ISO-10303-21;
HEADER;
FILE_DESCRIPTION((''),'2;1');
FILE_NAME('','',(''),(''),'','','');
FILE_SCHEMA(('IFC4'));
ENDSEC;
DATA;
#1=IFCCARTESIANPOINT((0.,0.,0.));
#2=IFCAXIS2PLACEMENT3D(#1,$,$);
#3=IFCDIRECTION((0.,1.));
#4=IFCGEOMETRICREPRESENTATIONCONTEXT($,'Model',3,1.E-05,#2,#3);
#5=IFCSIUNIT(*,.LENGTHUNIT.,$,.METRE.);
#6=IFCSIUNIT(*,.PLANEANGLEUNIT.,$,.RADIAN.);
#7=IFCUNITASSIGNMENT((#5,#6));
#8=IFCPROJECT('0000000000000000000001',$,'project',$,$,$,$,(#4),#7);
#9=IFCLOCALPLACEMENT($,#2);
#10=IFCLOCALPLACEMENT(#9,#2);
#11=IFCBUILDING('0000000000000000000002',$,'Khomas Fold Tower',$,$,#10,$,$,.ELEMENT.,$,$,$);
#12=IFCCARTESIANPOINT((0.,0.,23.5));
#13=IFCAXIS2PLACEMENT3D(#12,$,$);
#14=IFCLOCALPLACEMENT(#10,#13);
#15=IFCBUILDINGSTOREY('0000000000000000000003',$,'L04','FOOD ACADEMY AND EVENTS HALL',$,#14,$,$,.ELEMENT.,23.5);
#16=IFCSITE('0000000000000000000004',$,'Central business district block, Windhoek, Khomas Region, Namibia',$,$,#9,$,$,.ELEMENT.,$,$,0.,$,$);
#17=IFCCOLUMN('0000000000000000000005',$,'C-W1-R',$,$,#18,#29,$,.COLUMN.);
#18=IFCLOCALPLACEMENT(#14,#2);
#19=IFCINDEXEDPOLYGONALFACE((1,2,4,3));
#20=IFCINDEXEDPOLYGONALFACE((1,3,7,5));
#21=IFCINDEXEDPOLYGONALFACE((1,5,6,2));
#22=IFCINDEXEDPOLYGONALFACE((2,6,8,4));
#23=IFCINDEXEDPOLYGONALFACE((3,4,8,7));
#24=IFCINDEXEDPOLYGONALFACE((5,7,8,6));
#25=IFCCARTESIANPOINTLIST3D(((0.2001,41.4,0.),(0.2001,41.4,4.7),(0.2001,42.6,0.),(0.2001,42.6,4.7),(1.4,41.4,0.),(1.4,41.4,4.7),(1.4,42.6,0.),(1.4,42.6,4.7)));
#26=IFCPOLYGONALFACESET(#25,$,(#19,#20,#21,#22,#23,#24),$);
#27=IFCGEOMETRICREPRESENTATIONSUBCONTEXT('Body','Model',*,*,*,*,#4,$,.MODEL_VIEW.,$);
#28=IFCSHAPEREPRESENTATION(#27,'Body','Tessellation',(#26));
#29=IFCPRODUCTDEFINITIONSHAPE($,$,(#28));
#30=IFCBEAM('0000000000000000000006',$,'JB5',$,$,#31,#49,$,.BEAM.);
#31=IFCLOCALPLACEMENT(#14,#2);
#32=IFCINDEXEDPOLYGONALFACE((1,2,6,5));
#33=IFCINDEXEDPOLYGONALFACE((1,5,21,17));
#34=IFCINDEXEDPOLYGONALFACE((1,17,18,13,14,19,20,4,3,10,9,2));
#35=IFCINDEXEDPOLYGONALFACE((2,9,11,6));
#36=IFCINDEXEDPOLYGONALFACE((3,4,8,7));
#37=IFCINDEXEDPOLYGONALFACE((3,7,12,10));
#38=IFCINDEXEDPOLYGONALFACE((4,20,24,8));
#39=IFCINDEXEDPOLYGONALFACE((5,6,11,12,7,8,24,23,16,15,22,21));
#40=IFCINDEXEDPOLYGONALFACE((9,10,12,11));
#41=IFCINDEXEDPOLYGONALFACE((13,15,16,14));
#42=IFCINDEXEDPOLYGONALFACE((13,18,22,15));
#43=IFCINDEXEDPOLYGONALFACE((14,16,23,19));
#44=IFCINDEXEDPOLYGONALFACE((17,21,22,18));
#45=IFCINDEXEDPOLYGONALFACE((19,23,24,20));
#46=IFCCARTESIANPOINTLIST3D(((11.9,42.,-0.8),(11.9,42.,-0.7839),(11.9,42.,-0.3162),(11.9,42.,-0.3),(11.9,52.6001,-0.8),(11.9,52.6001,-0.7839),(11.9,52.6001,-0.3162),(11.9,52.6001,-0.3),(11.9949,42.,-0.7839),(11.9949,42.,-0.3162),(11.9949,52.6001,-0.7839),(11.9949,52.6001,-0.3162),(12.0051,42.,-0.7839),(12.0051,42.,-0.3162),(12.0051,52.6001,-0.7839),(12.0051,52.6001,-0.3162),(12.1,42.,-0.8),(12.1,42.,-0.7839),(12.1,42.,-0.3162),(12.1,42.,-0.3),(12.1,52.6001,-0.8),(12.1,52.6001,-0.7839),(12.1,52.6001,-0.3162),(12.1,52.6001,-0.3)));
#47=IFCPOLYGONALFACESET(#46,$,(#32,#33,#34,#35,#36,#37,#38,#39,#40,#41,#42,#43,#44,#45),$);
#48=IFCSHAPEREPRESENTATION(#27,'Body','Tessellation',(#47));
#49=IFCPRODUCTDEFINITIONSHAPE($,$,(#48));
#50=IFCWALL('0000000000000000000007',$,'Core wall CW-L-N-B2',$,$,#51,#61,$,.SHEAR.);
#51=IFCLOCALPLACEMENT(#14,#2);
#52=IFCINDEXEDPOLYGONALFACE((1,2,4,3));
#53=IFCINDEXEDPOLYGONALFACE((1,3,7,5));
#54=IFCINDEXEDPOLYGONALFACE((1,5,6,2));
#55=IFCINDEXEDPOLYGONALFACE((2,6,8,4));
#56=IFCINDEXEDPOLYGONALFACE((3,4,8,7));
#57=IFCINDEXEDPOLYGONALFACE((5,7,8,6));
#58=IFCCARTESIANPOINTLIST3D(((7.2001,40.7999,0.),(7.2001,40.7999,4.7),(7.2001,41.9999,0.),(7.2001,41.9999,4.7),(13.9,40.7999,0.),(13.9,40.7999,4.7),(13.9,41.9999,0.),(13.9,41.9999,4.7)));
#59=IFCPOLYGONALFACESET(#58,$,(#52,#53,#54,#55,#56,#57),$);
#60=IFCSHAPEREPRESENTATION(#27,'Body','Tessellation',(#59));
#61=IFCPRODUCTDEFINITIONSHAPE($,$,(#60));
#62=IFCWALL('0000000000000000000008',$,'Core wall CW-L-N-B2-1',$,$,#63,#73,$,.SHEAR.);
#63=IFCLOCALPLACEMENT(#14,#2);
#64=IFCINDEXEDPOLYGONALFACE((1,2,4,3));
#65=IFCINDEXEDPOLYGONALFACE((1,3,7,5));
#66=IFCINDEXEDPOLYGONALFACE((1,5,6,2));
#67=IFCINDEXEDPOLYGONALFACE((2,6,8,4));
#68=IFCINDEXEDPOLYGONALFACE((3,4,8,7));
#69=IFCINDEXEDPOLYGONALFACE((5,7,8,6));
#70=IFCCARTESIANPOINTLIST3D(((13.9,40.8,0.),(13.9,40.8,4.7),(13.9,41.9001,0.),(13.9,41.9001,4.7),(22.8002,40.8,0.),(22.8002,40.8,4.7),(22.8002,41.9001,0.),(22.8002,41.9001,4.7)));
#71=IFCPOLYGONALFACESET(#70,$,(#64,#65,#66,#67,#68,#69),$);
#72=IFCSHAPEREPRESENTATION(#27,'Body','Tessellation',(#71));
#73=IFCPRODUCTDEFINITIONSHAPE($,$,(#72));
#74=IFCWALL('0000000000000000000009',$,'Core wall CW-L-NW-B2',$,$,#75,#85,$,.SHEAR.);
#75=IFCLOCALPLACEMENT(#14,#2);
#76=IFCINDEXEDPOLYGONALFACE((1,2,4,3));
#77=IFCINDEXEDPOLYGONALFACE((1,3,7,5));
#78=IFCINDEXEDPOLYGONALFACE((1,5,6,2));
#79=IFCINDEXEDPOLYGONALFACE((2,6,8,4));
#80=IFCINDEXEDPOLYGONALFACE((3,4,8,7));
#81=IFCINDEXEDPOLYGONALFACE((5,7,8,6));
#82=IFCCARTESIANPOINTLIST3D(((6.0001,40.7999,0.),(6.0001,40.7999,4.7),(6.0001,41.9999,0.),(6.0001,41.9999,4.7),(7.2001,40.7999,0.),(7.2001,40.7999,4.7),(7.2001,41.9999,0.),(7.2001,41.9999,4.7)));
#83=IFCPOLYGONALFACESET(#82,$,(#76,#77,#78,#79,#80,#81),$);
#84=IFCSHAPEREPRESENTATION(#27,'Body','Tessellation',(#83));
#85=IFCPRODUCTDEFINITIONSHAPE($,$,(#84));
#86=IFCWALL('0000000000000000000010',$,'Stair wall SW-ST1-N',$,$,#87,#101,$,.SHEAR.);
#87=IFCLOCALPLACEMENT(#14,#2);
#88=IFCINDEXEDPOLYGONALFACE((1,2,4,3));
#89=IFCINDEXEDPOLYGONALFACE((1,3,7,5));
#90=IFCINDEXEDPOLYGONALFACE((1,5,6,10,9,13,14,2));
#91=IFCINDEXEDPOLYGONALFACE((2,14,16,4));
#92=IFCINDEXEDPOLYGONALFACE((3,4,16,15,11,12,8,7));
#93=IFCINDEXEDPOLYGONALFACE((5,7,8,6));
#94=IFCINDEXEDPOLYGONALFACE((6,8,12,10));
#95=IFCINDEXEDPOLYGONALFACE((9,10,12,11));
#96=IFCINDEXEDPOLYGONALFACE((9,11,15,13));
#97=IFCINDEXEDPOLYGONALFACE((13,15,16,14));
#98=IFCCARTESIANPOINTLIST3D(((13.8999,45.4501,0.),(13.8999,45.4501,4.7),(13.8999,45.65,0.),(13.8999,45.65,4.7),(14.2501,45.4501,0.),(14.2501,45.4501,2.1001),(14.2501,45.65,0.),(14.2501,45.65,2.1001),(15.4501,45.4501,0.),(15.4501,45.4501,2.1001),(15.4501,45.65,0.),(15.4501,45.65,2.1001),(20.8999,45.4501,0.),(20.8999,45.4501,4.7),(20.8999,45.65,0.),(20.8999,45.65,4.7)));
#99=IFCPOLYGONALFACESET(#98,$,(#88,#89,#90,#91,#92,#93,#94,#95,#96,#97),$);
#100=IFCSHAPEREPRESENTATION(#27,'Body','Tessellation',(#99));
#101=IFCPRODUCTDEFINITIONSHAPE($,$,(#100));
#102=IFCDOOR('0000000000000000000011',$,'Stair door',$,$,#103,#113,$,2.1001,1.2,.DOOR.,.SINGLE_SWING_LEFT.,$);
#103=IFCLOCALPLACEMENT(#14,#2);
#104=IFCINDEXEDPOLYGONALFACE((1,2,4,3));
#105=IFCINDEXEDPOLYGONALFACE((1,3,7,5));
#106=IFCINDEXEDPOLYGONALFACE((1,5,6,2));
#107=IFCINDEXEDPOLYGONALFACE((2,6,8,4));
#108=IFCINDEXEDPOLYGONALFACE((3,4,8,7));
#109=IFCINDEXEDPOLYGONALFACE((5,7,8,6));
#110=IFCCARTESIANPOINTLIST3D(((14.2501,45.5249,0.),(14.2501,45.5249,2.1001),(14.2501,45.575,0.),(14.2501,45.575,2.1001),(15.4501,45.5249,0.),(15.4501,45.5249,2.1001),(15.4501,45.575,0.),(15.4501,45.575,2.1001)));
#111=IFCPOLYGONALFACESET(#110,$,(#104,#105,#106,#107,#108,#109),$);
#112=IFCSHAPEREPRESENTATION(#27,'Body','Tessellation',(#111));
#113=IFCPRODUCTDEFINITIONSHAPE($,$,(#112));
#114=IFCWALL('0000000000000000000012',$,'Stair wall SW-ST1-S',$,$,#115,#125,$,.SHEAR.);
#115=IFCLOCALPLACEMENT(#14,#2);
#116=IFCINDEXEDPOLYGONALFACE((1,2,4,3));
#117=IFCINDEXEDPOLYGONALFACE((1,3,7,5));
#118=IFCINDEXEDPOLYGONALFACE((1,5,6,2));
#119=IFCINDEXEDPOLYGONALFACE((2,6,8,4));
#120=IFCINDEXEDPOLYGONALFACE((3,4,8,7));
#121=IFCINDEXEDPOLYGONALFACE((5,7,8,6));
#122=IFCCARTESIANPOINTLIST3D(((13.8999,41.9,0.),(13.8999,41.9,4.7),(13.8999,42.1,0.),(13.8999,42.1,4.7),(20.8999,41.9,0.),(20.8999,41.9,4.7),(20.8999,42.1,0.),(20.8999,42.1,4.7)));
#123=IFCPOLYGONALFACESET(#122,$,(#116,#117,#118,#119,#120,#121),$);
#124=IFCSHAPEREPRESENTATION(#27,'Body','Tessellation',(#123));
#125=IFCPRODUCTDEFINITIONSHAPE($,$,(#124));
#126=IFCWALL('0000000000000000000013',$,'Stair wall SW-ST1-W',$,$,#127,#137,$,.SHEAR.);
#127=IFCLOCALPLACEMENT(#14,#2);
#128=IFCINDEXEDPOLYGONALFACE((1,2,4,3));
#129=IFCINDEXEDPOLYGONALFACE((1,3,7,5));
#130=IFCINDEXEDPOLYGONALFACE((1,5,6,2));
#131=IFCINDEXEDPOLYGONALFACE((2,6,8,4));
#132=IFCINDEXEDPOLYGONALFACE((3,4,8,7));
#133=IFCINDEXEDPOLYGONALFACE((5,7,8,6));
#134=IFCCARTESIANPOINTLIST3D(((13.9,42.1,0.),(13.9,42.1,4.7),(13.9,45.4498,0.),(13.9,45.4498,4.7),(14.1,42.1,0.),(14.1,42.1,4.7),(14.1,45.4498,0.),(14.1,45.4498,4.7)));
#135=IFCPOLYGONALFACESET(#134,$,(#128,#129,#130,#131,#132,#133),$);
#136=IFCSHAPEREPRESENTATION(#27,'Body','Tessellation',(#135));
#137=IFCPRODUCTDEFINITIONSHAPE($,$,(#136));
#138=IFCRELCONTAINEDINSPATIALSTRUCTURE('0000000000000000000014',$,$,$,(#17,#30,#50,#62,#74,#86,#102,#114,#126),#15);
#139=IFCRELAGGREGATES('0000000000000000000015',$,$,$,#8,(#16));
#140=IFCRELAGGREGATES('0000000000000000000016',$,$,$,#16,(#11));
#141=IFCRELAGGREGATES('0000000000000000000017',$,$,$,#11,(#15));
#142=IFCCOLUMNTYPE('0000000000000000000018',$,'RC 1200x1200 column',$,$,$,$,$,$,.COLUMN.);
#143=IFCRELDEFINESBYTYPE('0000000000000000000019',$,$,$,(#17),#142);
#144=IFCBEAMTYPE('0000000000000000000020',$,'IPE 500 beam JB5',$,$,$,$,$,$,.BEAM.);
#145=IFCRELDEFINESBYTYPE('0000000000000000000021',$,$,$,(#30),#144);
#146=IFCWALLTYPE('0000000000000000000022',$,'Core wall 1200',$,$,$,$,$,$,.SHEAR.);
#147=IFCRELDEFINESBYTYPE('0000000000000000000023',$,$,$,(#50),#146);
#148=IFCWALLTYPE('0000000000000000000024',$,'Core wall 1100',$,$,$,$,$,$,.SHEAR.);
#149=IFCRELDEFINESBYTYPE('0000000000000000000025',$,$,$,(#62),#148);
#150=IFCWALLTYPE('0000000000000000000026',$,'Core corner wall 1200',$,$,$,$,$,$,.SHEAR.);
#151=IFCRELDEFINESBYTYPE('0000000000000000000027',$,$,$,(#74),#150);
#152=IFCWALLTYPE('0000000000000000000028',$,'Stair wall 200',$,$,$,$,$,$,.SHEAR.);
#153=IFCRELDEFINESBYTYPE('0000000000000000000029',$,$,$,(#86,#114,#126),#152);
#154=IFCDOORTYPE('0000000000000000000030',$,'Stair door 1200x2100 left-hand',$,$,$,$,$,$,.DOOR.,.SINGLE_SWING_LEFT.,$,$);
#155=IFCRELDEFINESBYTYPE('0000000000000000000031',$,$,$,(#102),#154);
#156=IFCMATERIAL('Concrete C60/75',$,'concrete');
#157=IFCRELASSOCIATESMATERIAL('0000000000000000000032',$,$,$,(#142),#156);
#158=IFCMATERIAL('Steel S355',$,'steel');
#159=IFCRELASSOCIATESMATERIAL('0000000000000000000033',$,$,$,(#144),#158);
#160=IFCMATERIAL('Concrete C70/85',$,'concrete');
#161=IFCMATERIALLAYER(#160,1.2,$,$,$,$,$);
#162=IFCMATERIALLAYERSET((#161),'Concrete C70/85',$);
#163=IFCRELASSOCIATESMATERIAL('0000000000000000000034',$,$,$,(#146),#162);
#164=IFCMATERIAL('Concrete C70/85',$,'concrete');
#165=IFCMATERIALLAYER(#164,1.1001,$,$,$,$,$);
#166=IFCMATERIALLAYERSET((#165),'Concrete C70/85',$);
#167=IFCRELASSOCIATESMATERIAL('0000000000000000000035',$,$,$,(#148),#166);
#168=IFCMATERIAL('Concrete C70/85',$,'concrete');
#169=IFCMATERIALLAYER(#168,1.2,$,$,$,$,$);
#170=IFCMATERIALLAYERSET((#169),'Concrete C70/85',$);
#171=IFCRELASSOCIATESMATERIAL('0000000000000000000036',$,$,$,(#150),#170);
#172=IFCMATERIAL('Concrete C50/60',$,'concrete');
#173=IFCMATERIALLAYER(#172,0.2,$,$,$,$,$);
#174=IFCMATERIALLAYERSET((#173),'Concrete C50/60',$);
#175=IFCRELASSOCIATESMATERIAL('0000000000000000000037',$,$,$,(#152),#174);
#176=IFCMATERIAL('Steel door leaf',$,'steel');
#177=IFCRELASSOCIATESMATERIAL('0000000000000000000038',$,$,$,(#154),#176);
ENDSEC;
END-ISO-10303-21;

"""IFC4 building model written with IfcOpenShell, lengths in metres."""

from ifc_helpers import new_model, si_unit, direction, frame, frame_2d, origin, origin_2d, place, context, subcontext, project, spatial, rectangle, i_section, extrude, source, transform, mapped, material, layer, layer_set, material_profile, profile_set, type_object, element, fill, save


model = new_model("IFC4")

# Units and contexts
model_context = context("Model", 3, precision=1e-05, world=origin(), true_north=direction((0.0, 1.0)))
body_context = subcontext(model_context, "Body", "Model", "MODEL_VIEW")
ifc_project = project(units=[si_unit("LENGTHUNIT", "METRE"), si_unit("PLANEANGLEUNIT", "RADIAN")], contexts=[model_context])

# Site, building, storey
site_placement = place(None, origin())
site = spatial("IfcSite", under=ifc_project, at=site_placement, Name="Central business district block, Windhoek, Khomas Region, Namibia", CompositionType="ELEMENT", RefElevation=0.0)
building_placement = place(site_placement, origin())
building = spatial("IfcBuilding", under=site, at=building_placement, Name="Khomas Fold Tower", CompositionType="ELEMENT")
storey_placement = place(building_placement, frame((0.0, 0.0, 23.5)))
storey = spatial("IfcBuildingStorey", under=building, at=storey_placement, Name="L04", Description="FOOD ACADEMY AND EVENTS HALL", CompositionType="ELEMENT", Elevation=23.5)

# Column
ifc_material_1 = material(Name="Concrete C60/75", Category="concrete")
ifc_material_profile_1 = material_profile(ifc_material_1, rectangle(XDim=1.2, YDim=1.2, at=origin_2d()), Name="RC 1200x1200")
ifc_profile_set_1 = profile_set([ifc_material_profile_1], Name="Concrete C60/75")
column_type = type_object("IfcColumnType", Name="RC 1200x1200 column", PredefinedType="COLUMN", material=ifc_profile_set_1)
shared_shape_1 = source(origin(), body_context, "Body", "SweptSolid", [
    extrude(rectangle(XDim=1.2, YDim=1.2, at=origin_2d()), origin(), (0.0, 0.0, 1.0), 4.7),
])
column_placement = place(storey_placement, frame((0.8, 42.0, 0.0), z_axis=(0.0, 0.0, 1.0), x_axis=(1.0, 0.0, 0.0)))
element("IfcColumn", 1, at=column_placement, inside=storey, type_object=column_type, Name="C-W1-R", PredefinedType="COLUMN", context=body_context, shape_type="MappedRepresentation", body=[
    mapped(shared_shape_1, transform((0.0, 0.0, 0.0))),
])

# Beam
ifc_material_2 = material(Name="Steel S355", Category="steel")
ifc_material_profile_2 = material_profile(ifc_material_2, i_section(OverallWidth=0.2, OverallDepth=0.5, WebThickness=0.0103, FlangeThickness=0.0161, at=origin_2d()), Name="IPE 500")
ifc_profile_set_2 = profile_set([ifc_material_profile_2], Name="Steel S355")
beam_type = type_object("IfcBeamType", Name="IPE 500 beam JB5", PredefinedType="BEAM", material=ifc_profile_set_2)
shared_shape_2 = source(origin(), body_context, "Body", "SweptSolid", [
    extrude(i_section(OverallWidth=0.2, OverallDepth=0.5, WebThickness=0.0103, FlangeThickness=0.0161, at=origin_2d()), origin(), (0.0, 0.0, 1.0), 10.6001),
])
beam_placement = place(storey_placement, frame((12.0, 42.0, -0.55), z_axis=(0.0, 1.0, 0.0), x_axis=(-1.0, 0.0, 0.0)))
element("IfcBeam", 2, at=beam_placement, inside=storey, type_object=beam_type, Name="JB5", PredefinedType="BEAM", context=body_context, shape_type="MappedRepresentation", body=[
    mapped(shared_shape_2, transform((0.0, 0.0, 0.0))),
])

# Walls
ifc_material_3 = material(Name="Concrete C70/85", Category="concrete")
ifc_layer_1 = layer(ifc_material_3, 1.2)
ifc_layer_set_1 = layer_set([ifc_layer_1], Name="Concrete C70/85")
wall_type_1 = type_object("IfcWallType", Name="Core wall 1200", PredefinedType="SHEAR", material=ifc_layer_set_1)
shared_shape_3 = source(origin(), body_context, "Body", "SweptSolid", [
    extrude(rectangle(XDim=6.7, YDim=1.2, at=frame_2d((3.3501, 0.0))), origin(), (0.0, 0.0, 1.0), 4.7),
])
wall_1_placement = place(storey_placement, frame((7.2, 41.3999, 0.0), z_axis=(0.0, 0.0, 1.0), x_axis=(1.0, 0.0, 0.0)))
element("IfcWall", 3, at=wall_1_placement, inside=storey, type_object=wall_type_1, Name="Core wall CW-L-N-B2", PredefinedType="SHEAR", context=body_context, shape_type="MappedRepresentation", body=[
    mapped(shared_shape_3, transform((0.0, 0.0, 0.0))),
])
ifc_material_4 = material(Name="Concrete C70/85", Category="concrete")
ifc_layer_2 = layer(ifc_material_4, 1.1001)
ifc_layer_set_2 = layer_set([ifc_layer_2], Name="Concrete C70/85")
wall_type_2 = type_object("IfcWallType", Name="Core wall 1100", PredefinedType="SHEAR", material=ifc_layer_set_2)
shared_shape_4 = source(origin(), body_context, "Body", "SweptSolid", [
    extrude(rectangle(XDim=8.9001, YDim=1.1001, at=frame_2d((4.4502, 0.0))), origin(), (0.0, 0.0, 1.0), 4.7),
])
wall_2_placement = place(storey_placement, frame((13.8999, 41.3501, 0.0), z_axis=(0.0, 0.0, 1.0), x_axis=(1.0, 0.0, 0.0)))
element("IfcWall", 4, at=wall_2_placement, inside=storey, type_object=wall_type_2, Name="Core wall CW-L-N-B2-1", PredefinedType="SHEAR", context=body_context, shape_type="MappedRepresentation", body=[
    mapped(shared_shape_4, transform((0.0, 0.0, 0.0))),
])
ifc_material_5 = material(Name="Concrete C70/85", Category="concrete")
ifc_layer_3 = layer(ifc_material_5, 1.2)
ifc_layer_set_3 = layer_set([ifc_layer_3], Name="Concrete C70/85")
wall_type_3 = type_object("IfcWallType", Name="Core corner wall 1200", PredefinedType="SHEAR", material=ifc_layer_set_3)
shared_shape_5 = source(origin(), body_context, "Body", "SweptSolid", [
    extrude(rectangle(XDim=1.2, YDim=1.2, at=frame_2d((0.6001, 0.0))), origin(), (0.0, 0.0, 1.0), 4.7),
])
wall_3_placement = place(storey_placement, frame((6.0, 41.3999, 0.0), z_axis=(0.0, 0.0, 1.0), x_axis=(1.0, 0.0, 0.0)))
element("IfcWall", 5, at=wall_3_placement, inside=storey, type_object=wall_type_3, Name="Core wall CW-L-NW-B2", PredefinedType="SHEAR", context=body_context, shape_type="MappedRepresentation", body=[
    mapped(shared_shape_5, transform((0.0, 0.0, 0.0))),
])

# Wall, opening, door
ifc_material_6 = material(Name="Concrete C50/60", Category="concrete")
ifc_layer_4 = layer(ifc_material_6, 0.2)
ifc_layer_set_4 = layer_set([ifc_layer_4], Name="Concrete C50/60")
wall_type_4 = type_object("IfcWallType", Name="Stair wall 200", PredefinedType="SHEAR", material=ifc_layer_set_4)
shared_shape_6 = source(origin(), body_context, "Body", "SweptSolid", [
    extrude(rectangle(XDim=7.0, YDim=0.2, at=frame_2d((3.5, 0.0))), origin(), (0.0, 0.0, 1.0), 4.7),
])
wall_4_placement = place(storey_placement, frame((13.8999, 45.55, 0.0), z_axis=(0.0, 0.0, 1.0), x_axis=(1.0, 0.0, 0.0)))
wall_4 = element("IfcWall", 6, at=wall_4_placement, inside=storey, type_object=wall_type_4, Name="Stair wall SW-ST1-N", PredefinedType="SHEAR", context=body_context, shape_type="MappedRepresentation", body=[
    mapped(shared_shape_6, transform((0.0, 0.0, 0.0))),
])
shared_shape_7 = source(origin(), body_context, "Body", "SweptSolid", [
    extrude(rectangle(XDim=1.2, YDim=2.1001, at=frame_2d((0.6001, 1.05))), frame((0.0, 0.1099, 0.0), z_axis=(0.0, -1.0, 0.0), x_axis=(1.0, 0.0, 0.0)), (0.0, 0.0, 1.0), 0.22),
])
opening_1_placement = place(wall_4_placement, frame((0.3501, 0.0, 0.0)))
opening_1 = element("IfcOpeningElement", 7, at=opening_1_placement, cuts=wall_4, PredefinedType="OPENING", context=body_context, shape_type="MappedRepresentation", body=[
    mapped(shared_shape_7, transform((0.0, 0.0, 0.0))),
])
ifc_material_7 = material(Name="Steel door leaf", Category="steel")
door_type_1 = type_object("IfcDoorType", Name="Stair door 1200x2100 left-hand", OperationType="SINGLE_SWING_LEFT", PredefinedType="DOOR", material=ifc_material_7)
shared_shape_8 = source(origin(), body_context, "Body", "SweptSolid", [
    extrude(rectangle(XDim=1.2, YDim=2.1001, at=frame_2d((0.6001, 1.05))), frame((0.0, 0.0249, 0.0), z_axis=(0.0, -1.0, 0.0), x_axis=(1.0, 0.0, 0.0)), (0.0, 0.0, 1.0), 0.05),
])
door_1_placement = place(opening_1_placement, origin())
door_1 = element("IfcDoor", 8, at=door_1_placement, inside=storey, type_object=door_type_1, Name="Stair door", OperationType="SINGLE_SWING_LEFT", OverallHeight=2.1001, OverallWidth=1.2, PredefinedType="DOOR", context=body_context, shape_type="MappedRepresentation", body=[
    mapped(shared_shape_8, transform((0.0, 0.0, 0.0))),
])
fill(opening_1, door_1)

# Walls
wall_5_placement = place(storey_placement, frame((13.8999, 42.0, 0.0), z_axis=(0.0, 0.0, 1.0), x_axis=(1.0, 0.0, 0.0)))
element("IfcWall", 9, at=wall_5_placement, inside=storey, type_object=wall_type_4, Name="Stair wall SW-ST1-S", PredefinedType="SHEAR", context=body_context, shape_type="MappedRepresentation", body=[
    mapped(shared_shape_6, transform((0.0, 0.0, 0.0))),
])
shared_shape_9 = source(origin(), body_context, "Body", "SweptSolid", [
    extrude(rectangle(XDim=3.3499, YDim=0.2, at=frame_2d((1.6748, 0.0))), origin(), (0.0, 0.0, 1.0), 4.7),
])
wall_6_placement = place(storey_placement, frame((14.0, 42.1001, 0.0), z_axis=(0.0, 0.0, 1.0), x_axis=(0.0, 1.0, 0.0)))
element("IfcWall", 10, at=wall_6_placement, inside=storey, type_object=wall_type_4, Name="Stair wall SW-ST1-W", PredefinedType="SHEAR", context=body_context, shape_type="MappedRepresentation", body=[
    mapped(shared_shape_9, transform((0.0, 0.0, 0.0))),
])

save(model, "model.ifc")
